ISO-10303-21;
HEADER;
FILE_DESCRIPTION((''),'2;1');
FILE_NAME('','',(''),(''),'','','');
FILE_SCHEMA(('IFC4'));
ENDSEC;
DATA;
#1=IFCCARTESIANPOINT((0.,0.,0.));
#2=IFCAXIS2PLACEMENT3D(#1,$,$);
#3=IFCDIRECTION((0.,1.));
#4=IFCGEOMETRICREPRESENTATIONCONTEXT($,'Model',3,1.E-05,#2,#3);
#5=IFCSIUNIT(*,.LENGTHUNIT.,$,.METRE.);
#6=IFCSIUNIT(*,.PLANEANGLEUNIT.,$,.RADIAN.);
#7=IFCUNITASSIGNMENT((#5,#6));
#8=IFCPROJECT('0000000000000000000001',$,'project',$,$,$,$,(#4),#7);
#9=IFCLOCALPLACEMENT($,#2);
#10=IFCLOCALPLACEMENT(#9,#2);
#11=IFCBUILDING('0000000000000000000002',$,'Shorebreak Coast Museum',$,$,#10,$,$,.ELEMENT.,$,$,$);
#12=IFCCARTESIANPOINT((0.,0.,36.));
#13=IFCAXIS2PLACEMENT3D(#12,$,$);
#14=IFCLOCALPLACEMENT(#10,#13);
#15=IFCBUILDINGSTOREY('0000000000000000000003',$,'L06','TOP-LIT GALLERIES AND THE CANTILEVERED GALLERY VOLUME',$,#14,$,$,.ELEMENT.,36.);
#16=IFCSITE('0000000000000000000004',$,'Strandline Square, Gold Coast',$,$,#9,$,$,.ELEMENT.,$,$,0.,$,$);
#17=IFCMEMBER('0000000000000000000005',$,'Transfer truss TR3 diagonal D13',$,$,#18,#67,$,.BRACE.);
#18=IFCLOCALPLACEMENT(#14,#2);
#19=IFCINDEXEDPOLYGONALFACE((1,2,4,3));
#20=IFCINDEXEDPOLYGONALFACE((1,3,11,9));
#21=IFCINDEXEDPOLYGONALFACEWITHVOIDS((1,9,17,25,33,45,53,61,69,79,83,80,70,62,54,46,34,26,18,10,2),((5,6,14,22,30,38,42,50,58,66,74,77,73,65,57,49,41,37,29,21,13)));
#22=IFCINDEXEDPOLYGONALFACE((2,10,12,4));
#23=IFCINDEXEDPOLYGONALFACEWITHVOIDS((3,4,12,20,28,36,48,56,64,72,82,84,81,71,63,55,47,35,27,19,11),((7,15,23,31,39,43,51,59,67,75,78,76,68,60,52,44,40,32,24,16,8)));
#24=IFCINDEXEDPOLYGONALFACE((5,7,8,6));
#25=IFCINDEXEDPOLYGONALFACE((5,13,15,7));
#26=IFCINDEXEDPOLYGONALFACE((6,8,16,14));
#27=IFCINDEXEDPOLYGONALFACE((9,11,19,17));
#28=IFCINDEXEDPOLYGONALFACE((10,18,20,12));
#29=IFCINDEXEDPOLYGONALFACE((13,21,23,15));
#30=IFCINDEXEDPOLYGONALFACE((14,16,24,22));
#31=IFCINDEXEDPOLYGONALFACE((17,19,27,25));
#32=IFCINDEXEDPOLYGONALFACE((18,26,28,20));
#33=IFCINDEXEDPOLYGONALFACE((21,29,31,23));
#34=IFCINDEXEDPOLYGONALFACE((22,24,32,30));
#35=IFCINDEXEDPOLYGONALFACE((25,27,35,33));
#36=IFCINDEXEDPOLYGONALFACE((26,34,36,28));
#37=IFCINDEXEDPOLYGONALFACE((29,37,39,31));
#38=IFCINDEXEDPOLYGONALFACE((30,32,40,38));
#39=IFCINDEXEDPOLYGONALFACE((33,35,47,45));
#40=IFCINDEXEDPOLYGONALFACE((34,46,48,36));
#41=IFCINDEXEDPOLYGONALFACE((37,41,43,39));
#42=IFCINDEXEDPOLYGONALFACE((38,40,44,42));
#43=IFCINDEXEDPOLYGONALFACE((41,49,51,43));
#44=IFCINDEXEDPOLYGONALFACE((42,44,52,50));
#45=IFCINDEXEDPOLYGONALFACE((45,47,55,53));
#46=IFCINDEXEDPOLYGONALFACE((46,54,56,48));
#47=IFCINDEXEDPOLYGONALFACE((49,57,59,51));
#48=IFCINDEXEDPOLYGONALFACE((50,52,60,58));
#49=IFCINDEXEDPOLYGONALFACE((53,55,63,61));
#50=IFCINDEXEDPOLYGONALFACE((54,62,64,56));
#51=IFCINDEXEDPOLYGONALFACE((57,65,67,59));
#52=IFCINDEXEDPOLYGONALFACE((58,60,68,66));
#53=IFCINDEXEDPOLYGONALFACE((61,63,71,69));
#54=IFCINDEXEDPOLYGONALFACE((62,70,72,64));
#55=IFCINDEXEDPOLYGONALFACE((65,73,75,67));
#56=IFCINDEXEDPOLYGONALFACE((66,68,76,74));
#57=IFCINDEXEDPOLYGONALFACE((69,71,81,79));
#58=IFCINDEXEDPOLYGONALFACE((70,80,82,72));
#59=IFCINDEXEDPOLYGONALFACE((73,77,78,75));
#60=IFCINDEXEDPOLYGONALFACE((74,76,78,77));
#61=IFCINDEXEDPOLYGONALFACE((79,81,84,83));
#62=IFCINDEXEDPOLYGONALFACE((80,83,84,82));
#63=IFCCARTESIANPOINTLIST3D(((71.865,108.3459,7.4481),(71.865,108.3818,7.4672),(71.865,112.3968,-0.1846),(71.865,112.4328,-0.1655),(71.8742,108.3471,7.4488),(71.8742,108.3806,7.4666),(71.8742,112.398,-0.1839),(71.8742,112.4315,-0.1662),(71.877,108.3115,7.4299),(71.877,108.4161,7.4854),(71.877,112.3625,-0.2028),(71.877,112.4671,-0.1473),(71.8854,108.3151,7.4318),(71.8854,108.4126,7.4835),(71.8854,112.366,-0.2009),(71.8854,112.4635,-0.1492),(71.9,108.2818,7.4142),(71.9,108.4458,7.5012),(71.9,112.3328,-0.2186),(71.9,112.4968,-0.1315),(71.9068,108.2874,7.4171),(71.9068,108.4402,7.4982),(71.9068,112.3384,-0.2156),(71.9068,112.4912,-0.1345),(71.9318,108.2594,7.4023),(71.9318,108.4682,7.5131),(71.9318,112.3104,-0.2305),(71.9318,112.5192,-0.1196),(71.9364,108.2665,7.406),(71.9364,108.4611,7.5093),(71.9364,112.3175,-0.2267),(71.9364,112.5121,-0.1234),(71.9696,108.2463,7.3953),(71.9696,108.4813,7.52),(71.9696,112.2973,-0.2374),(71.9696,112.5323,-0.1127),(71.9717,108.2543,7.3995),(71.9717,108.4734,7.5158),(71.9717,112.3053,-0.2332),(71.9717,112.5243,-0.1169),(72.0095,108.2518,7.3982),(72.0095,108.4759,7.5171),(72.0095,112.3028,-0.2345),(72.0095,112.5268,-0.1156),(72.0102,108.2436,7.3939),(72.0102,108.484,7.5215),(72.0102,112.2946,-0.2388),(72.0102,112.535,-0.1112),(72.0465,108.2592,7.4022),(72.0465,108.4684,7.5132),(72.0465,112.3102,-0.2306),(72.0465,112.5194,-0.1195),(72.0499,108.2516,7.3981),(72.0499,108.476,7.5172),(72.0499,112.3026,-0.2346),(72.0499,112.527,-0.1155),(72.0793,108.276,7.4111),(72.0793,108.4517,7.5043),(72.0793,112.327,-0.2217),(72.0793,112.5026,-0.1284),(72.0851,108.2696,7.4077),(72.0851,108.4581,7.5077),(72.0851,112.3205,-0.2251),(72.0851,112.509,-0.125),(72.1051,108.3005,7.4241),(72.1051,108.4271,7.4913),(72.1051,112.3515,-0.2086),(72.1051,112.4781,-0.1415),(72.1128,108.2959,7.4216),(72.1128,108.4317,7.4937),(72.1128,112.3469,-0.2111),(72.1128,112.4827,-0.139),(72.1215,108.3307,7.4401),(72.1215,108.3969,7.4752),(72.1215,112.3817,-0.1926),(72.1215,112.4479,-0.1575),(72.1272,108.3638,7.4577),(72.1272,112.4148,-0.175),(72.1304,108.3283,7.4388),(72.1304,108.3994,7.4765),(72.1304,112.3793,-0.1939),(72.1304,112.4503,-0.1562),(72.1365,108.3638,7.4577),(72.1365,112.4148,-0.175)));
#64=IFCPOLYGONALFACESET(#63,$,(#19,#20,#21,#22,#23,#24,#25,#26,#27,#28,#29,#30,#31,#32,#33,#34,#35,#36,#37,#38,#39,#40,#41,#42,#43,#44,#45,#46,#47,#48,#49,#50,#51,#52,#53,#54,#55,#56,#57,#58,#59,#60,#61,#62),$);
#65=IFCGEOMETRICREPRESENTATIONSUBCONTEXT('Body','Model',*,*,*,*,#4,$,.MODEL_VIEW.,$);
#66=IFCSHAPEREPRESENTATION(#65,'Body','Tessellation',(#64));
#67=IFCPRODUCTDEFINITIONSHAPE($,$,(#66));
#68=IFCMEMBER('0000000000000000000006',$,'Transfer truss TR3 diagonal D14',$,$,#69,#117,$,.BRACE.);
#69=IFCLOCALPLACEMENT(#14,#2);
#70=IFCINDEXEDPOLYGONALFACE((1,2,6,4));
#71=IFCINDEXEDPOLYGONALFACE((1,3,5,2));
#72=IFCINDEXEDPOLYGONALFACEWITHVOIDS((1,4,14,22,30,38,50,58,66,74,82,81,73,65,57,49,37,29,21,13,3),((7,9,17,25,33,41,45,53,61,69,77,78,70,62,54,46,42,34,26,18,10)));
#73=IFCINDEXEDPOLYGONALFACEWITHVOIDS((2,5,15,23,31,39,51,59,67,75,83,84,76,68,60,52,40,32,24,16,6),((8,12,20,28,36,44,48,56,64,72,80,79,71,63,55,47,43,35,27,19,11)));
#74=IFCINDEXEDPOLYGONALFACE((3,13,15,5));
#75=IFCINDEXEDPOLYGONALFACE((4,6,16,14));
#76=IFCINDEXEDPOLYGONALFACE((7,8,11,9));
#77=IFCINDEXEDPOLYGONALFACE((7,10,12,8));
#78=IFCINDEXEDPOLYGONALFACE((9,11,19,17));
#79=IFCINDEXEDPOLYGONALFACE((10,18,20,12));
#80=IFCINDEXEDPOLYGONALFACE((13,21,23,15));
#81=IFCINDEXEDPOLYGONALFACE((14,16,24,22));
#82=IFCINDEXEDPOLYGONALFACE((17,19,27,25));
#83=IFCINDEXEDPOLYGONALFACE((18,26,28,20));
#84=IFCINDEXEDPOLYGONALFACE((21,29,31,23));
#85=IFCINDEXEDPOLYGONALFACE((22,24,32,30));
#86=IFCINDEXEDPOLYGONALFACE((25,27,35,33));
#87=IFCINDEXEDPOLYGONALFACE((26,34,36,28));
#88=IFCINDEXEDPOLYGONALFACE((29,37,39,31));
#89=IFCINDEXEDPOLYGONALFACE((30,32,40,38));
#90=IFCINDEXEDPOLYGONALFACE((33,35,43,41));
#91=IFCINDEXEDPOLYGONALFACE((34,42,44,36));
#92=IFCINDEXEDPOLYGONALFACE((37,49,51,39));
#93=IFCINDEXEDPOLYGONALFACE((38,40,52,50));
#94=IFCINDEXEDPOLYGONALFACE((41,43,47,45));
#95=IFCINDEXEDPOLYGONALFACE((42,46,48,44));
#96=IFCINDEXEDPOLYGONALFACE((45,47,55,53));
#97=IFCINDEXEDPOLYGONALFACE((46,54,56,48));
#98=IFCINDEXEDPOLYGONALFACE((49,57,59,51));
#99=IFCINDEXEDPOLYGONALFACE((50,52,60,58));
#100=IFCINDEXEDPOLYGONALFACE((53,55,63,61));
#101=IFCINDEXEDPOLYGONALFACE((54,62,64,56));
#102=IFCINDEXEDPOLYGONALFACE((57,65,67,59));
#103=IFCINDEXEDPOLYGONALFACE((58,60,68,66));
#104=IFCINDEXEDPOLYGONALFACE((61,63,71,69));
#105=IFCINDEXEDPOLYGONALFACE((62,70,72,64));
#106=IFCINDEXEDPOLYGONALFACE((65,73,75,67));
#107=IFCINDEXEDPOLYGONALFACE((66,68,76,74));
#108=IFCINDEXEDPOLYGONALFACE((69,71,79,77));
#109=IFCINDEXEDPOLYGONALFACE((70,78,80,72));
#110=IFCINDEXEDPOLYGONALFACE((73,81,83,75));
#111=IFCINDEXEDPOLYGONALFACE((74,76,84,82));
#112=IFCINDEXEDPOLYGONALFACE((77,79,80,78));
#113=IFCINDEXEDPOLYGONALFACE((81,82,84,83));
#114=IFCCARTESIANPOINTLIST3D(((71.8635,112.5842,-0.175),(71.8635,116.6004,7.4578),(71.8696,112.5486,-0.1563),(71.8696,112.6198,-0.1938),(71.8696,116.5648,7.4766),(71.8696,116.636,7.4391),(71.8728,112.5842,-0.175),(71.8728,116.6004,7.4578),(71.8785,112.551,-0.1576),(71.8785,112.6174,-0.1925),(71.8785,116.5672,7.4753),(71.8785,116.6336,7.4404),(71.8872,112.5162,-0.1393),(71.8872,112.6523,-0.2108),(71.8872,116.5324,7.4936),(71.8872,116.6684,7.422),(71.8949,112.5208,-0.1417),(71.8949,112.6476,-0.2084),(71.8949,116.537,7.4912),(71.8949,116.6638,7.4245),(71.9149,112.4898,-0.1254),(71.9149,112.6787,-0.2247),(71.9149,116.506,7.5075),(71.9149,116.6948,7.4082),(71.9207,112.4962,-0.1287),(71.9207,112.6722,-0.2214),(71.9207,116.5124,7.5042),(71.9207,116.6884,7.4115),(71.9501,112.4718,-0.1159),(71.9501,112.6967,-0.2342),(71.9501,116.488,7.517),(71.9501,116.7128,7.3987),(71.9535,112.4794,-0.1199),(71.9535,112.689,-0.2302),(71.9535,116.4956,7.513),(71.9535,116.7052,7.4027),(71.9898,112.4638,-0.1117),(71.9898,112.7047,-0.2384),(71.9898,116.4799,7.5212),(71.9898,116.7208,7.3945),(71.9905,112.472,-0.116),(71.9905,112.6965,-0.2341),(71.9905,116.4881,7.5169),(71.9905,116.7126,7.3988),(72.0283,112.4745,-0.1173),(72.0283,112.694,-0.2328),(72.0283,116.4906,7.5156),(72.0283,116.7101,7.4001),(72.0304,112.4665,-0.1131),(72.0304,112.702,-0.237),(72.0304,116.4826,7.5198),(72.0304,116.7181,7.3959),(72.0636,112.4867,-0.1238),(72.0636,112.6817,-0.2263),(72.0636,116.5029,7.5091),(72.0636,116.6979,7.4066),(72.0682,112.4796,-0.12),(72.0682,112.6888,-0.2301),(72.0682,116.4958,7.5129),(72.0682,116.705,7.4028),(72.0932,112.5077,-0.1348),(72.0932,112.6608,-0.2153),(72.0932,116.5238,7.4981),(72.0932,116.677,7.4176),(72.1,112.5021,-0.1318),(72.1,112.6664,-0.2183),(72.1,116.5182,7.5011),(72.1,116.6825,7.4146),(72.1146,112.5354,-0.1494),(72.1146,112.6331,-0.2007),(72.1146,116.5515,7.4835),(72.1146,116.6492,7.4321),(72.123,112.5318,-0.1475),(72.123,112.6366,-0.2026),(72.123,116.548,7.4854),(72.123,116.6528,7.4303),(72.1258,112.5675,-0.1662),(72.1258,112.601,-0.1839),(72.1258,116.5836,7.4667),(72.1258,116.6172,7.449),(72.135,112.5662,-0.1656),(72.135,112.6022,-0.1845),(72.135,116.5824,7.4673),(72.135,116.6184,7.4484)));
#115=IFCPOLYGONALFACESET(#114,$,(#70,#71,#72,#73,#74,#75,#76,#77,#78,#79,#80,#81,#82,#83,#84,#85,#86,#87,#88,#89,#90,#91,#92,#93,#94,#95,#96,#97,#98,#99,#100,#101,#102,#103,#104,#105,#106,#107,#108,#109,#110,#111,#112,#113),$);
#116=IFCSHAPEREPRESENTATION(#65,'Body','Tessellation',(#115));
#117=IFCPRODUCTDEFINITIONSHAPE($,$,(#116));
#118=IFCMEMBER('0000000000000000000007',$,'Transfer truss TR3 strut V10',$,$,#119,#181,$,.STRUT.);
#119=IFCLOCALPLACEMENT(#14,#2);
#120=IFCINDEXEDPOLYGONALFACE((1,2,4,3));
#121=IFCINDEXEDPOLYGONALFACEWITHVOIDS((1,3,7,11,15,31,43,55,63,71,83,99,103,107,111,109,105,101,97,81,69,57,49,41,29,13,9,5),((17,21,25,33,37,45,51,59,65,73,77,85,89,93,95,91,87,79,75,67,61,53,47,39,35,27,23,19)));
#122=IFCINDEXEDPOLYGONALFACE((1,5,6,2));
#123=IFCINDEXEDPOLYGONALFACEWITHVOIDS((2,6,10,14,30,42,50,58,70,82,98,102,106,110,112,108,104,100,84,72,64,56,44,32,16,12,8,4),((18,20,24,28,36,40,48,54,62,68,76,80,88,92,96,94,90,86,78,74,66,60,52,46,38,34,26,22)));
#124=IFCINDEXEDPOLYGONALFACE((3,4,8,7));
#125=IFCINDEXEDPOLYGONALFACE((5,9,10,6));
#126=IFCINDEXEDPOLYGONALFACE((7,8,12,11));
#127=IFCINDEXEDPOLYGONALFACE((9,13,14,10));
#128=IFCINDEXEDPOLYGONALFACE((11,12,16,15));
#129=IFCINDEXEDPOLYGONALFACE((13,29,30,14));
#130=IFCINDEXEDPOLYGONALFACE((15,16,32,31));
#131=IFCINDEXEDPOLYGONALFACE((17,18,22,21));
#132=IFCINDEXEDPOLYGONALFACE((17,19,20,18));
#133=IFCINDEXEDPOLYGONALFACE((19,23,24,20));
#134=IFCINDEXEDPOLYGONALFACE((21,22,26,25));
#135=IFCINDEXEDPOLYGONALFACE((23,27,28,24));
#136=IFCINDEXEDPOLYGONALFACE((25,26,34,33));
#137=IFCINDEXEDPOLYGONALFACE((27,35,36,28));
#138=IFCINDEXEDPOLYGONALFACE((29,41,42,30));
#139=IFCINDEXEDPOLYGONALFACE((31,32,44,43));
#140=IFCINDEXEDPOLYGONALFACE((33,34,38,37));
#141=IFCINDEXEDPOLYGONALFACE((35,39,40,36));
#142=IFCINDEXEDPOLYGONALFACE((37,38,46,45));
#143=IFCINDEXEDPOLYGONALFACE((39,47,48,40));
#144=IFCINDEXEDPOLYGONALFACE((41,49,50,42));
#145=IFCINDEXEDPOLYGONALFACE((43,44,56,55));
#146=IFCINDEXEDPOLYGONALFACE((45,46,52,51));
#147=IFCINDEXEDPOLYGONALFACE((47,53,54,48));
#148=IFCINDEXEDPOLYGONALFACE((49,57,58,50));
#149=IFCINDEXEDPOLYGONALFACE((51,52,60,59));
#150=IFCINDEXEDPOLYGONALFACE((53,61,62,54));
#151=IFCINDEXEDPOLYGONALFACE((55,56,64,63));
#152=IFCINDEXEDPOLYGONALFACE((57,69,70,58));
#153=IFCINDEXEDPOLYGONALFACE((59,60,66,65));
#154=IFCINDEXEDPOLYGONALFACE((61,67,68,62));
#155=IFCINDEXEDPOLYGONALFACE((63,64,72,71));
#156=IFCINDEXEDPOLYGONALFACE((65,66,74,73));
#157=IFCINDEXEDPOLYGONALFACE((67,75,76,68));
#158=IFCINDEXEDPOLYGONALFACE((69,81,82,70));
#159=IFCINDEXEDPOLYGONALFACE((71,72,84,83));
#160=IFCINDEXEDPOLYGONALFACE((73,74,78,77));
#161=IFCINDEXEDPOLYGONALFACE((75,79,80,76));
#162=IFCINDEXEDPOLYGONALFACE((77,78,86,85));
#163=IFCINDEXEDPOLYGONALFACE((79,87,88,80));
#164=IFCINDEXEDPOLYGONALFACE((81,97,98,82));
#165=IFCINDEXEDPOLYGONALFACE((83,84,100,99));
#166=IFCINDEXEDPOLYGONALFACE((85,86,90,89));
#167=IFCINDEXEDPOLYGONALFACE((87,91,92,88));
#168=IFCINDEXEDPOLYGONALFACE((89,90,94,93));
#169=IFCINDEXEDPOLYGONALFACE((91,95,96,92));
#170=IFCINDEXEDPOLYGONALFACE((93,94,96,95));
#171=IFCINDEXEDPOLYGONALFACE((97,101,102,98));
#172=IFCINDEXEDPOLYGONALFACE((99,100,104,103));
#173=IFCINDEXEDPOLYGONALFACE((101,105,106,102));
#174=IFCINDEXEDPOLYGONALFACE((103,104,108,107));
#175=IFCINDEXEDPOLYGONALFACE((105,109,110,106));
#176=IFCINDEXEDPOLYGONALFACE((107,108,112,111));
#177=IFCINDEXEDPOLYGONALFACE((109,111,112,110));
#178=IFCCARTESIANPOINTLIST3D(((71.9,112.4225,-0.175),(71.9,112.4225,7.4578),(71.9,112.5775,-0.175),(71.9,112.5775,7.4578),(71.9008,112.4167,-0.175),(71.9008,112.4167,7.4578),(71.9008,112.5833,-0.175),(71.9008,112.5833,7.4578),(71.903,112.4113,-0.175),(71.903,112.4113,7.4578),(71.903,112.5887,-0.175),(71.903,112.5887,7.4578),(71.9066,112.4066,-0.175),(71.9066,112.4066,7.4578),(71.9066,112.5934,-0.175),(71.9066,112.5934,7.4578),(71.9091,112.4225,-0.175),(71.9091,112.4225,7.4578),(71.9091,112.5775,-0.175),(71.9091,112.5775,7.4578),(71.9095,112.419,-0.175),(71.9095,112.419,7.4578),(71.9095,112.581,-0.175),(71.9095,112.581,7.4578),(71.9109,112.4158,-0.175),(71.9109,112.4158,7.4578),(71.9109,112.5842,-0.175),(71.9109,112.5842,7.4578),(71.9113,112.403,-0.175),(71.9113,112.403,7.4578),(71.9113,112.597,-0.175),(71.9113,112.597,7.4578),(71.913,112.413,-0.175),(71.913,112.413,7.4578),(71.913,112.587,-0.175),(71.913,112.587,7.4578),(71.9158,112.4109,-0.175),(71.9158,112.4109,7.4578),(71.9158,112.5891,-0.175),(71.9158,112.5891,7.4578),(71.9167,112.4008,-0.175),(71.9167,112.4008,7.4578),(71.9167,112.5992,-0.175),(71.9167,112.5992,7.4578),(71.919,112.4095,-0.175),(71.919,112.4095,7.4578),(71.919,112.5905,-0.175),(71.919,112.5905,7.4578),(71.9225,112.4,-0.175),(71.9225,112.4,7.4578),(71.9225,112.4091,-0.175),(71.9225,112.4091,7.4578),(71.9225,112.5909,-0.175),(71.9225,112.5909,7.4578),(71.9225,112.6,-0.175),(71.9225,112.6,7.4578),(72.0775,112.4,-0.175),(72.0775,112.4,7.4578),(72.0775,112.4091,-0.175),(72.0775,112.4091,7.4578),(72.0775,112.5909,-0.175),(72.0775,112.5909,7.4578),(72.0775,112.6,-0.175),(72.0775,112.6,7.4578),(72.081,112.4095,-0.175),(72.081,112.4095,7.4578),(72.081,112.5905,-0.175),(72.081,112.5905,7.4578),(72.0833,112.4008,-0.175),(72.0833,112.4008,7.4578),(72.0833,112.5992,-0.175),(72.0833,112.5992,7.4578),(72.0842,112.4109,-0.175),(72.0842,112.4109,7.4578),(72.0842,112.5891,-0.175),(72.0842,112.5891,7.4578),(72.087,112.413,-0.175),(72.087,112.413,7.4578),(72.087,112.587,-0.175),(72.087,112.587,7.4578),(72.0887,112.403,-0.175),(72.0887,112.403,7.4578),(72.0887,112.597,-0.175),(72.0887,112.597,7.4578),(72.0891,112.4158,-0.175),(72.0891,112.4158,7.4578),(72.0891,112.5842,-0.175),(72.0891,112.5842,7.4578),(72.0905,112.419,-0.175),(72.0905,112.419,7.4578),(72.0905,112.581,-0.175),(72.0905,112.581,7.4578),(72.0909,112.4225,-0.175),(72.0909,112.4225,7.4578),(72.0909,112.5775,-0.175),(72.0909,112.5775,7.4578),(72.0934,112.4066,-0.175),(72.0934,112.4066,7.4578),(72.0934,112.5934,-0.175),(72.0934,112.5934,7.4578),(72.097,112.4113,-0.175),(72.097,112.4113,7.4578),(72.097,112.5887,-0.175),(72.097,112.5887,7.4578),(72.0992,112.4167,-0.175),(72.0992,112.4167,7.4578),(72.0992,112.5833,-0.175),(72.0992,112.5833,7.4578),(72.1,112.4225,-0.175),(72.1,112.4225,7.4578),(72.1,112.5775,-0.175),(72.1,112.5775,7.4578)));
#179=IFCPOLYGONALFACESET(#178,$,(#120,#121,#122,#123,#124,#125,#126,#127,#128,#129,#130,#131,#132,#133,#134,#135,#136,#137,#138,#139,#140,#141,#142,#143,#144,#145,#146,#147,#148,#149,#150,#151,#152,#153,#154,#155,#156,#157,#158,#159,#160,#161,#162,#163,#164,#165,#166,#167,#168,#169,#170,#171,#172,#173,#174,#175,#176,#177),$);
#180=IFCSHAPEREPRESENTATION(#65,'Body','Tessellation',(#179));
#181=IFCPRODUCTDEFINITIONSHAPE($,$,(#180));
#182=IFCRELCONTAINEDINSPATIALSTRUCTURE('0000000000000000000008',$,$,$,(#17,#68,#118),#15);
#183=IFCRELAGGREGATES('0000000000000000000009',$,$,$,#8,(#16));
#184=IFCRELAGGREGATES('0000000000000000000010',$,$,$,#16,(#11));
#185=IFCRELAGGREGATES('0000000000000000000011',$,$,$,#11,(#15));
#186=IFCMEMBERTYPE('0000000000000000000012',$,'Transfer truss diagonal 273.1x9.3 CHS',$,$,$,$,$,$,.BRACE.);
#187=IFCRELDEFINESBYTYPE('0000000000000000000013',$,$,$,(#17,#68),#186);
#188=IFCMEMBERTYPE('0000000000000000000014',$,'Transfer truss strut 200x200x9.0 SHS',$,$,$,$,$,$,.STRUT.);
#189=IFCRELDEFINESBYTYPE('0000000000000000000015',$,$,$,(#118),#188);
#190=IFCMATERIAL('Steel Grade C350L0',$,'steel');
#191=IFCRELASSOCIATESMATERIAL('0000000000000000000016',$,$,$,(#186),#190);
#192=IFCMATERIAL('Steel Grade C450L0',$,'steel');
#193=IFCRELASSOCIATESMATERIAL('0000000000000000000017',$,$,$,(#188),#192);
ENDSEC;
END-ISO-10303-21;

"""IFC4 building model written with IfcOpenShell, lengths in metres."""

from ifc_helpers import new_model, si_unit, direction, frame, origin, origin_2d, place, context, subcontext, project, spatial, hollow_rectangle, hollow_circle, extrude, material, material_profile, profile_set, type_object, element, save


model = new_model("IFC4")

# Units and contexts
model_context = context("Model", 3, precision=1e-05, world=origin(), true_north=direction((0.0, 1.0)))
body_context = subcontext(model_context, "Body", "Model", "MODEL_VIEW")
ifc_project = project(units=[si_unit("LENGTHUNIT", "METRE"), si_unit("PLANEANGLEUNIT", "RADIAN")], contexts=[model_context])

# Site, building, storey
site_placement = place(None, origin())
site = spatial("IfcSite", under=ifc_project, at=site_placement, Name="Strandline Square, Gold Coast", CompositionType="ELEMENT", RefElevation=0.0)
building_placement = place(site_placement, origin())
building = spatial("IfcBuilding", under=site, at=building_placement, Name="Shorebreak Coast Museum", CompositionType="ELEMENT")
storey_placement = place(building_placement, frame((0.0, 0.0, 36.0)))
storey = spatial("IfcBuildingStorey", under=building, at=storey_placement, Name="L06", Description="TOP-LIT GALLERIES AND THE CANTILEVERED GALLERY VOLUME", CompositionType="ELEMENT", Elevation=36.0)

# Members
ifc_material_1 = material(Name="Steel Grade C350L0", Category="steel")
ifc_material_profile_1 = material_profile(ifc_material_1, hollow_circle(Radius=0.1365, WallThickness=0.0093, at=origin_2d()), Name="273.1x9.3 CHS")
ifc_profile_set_1 = profile_set([ifc_material_profile_1], Name="Steel Grade C350L0")
member_type_1 = type_object("IfcMemberType", Name="Transfer truss diagonal 273.1x9.3 CHS", PredefinedType="BRACE", material=ifc_profile_set_1)
member_1_placement = place(storey_placement, frame((72.0, 112.4148, -0.175), z_axis=(0.0, -0.468803, 0.883303), x_axis=(1.0, 0.0, 0.0)))
element("IfcMember", 1, at=member_1_placement, inside=storey, type_object=member_type_1, Name="Transfer truss TR3 diagonal D13", PredefinedType="BRACE", context=body_context, shape_type="SweptSolid", body=[
    extrude(hollow_circle(Radius=0.1365, WallThickness=0.0093, at=origin_2d()), origin(), (0.0, 0.0, 1.0), 8.6411),
])
member_2_placement = place(storey_placement, frame((72.0, 112.5842, -0.175), z_axis=(0.0, 0.465641, 0.884973), x_axis=(-1.0, 0.0, 0.0)))
element("IfcMember", 2, at=member_2_placement, inside=storey, type_object=member_type_1, Name="Transfer truss TR3 diagonal D14", PredefinedType="BRACE", context=body_context, shape_type="SweptSolid", body=[
    extrude(hollow_circle(Radius=0.1365, WallThickness=0.0093, at=origin_2d()), origin(), (0.0, 0.0, 1.0), 8.625),
])
ifc_material_2 = material(Name="Steel Grade C450L0", Category="steel")
ifc_material_profile_2 = material_profile(ifc_material_2, hollow_rectangle(XDim=0.2, YDim=0.2, WallThickness=0.009, InnerFilletRadius=0.0134, OuterFilletRadius=0.0225, at=origin_2d()), Name="200x200x9.0 SHS")
ifc_profile_set_2 = profile_set([ifc_material_profile_2], Name="Steel Grade C450L0")
member_type_2 = type_object("IfcMemberType", Name="Transfer truss strut 200x200x9.0 SHS", PredefinedType="STRUT", material=ifc_profile_set_2)
member_3_placement = place(storey_placement, frame((72.0, 112.5, -0.175), z_axis=(0.0, 0.0, 1.0), x_axis=(1.0, 0.0, 0.0)))
element("IfcMember", 3, at=member_3_placement, inside=storey, type_object=member_type_2, Name="Transfer truss TR3 strut V10", PredefinedType="STRUT", context=body_context, shape_type="SweptSolid", body=[
    extrude(hollow_rectangle(XDim=0.2, YDim=0.2, WallThickness=0.009, InnerFilletRadius=0.0134, OuterFilletRadius=0.0225, at=origin_2d()), origin(), (0.0, 0.0, 1.0), 7.6328),
])

save(model, "model.ifc")
